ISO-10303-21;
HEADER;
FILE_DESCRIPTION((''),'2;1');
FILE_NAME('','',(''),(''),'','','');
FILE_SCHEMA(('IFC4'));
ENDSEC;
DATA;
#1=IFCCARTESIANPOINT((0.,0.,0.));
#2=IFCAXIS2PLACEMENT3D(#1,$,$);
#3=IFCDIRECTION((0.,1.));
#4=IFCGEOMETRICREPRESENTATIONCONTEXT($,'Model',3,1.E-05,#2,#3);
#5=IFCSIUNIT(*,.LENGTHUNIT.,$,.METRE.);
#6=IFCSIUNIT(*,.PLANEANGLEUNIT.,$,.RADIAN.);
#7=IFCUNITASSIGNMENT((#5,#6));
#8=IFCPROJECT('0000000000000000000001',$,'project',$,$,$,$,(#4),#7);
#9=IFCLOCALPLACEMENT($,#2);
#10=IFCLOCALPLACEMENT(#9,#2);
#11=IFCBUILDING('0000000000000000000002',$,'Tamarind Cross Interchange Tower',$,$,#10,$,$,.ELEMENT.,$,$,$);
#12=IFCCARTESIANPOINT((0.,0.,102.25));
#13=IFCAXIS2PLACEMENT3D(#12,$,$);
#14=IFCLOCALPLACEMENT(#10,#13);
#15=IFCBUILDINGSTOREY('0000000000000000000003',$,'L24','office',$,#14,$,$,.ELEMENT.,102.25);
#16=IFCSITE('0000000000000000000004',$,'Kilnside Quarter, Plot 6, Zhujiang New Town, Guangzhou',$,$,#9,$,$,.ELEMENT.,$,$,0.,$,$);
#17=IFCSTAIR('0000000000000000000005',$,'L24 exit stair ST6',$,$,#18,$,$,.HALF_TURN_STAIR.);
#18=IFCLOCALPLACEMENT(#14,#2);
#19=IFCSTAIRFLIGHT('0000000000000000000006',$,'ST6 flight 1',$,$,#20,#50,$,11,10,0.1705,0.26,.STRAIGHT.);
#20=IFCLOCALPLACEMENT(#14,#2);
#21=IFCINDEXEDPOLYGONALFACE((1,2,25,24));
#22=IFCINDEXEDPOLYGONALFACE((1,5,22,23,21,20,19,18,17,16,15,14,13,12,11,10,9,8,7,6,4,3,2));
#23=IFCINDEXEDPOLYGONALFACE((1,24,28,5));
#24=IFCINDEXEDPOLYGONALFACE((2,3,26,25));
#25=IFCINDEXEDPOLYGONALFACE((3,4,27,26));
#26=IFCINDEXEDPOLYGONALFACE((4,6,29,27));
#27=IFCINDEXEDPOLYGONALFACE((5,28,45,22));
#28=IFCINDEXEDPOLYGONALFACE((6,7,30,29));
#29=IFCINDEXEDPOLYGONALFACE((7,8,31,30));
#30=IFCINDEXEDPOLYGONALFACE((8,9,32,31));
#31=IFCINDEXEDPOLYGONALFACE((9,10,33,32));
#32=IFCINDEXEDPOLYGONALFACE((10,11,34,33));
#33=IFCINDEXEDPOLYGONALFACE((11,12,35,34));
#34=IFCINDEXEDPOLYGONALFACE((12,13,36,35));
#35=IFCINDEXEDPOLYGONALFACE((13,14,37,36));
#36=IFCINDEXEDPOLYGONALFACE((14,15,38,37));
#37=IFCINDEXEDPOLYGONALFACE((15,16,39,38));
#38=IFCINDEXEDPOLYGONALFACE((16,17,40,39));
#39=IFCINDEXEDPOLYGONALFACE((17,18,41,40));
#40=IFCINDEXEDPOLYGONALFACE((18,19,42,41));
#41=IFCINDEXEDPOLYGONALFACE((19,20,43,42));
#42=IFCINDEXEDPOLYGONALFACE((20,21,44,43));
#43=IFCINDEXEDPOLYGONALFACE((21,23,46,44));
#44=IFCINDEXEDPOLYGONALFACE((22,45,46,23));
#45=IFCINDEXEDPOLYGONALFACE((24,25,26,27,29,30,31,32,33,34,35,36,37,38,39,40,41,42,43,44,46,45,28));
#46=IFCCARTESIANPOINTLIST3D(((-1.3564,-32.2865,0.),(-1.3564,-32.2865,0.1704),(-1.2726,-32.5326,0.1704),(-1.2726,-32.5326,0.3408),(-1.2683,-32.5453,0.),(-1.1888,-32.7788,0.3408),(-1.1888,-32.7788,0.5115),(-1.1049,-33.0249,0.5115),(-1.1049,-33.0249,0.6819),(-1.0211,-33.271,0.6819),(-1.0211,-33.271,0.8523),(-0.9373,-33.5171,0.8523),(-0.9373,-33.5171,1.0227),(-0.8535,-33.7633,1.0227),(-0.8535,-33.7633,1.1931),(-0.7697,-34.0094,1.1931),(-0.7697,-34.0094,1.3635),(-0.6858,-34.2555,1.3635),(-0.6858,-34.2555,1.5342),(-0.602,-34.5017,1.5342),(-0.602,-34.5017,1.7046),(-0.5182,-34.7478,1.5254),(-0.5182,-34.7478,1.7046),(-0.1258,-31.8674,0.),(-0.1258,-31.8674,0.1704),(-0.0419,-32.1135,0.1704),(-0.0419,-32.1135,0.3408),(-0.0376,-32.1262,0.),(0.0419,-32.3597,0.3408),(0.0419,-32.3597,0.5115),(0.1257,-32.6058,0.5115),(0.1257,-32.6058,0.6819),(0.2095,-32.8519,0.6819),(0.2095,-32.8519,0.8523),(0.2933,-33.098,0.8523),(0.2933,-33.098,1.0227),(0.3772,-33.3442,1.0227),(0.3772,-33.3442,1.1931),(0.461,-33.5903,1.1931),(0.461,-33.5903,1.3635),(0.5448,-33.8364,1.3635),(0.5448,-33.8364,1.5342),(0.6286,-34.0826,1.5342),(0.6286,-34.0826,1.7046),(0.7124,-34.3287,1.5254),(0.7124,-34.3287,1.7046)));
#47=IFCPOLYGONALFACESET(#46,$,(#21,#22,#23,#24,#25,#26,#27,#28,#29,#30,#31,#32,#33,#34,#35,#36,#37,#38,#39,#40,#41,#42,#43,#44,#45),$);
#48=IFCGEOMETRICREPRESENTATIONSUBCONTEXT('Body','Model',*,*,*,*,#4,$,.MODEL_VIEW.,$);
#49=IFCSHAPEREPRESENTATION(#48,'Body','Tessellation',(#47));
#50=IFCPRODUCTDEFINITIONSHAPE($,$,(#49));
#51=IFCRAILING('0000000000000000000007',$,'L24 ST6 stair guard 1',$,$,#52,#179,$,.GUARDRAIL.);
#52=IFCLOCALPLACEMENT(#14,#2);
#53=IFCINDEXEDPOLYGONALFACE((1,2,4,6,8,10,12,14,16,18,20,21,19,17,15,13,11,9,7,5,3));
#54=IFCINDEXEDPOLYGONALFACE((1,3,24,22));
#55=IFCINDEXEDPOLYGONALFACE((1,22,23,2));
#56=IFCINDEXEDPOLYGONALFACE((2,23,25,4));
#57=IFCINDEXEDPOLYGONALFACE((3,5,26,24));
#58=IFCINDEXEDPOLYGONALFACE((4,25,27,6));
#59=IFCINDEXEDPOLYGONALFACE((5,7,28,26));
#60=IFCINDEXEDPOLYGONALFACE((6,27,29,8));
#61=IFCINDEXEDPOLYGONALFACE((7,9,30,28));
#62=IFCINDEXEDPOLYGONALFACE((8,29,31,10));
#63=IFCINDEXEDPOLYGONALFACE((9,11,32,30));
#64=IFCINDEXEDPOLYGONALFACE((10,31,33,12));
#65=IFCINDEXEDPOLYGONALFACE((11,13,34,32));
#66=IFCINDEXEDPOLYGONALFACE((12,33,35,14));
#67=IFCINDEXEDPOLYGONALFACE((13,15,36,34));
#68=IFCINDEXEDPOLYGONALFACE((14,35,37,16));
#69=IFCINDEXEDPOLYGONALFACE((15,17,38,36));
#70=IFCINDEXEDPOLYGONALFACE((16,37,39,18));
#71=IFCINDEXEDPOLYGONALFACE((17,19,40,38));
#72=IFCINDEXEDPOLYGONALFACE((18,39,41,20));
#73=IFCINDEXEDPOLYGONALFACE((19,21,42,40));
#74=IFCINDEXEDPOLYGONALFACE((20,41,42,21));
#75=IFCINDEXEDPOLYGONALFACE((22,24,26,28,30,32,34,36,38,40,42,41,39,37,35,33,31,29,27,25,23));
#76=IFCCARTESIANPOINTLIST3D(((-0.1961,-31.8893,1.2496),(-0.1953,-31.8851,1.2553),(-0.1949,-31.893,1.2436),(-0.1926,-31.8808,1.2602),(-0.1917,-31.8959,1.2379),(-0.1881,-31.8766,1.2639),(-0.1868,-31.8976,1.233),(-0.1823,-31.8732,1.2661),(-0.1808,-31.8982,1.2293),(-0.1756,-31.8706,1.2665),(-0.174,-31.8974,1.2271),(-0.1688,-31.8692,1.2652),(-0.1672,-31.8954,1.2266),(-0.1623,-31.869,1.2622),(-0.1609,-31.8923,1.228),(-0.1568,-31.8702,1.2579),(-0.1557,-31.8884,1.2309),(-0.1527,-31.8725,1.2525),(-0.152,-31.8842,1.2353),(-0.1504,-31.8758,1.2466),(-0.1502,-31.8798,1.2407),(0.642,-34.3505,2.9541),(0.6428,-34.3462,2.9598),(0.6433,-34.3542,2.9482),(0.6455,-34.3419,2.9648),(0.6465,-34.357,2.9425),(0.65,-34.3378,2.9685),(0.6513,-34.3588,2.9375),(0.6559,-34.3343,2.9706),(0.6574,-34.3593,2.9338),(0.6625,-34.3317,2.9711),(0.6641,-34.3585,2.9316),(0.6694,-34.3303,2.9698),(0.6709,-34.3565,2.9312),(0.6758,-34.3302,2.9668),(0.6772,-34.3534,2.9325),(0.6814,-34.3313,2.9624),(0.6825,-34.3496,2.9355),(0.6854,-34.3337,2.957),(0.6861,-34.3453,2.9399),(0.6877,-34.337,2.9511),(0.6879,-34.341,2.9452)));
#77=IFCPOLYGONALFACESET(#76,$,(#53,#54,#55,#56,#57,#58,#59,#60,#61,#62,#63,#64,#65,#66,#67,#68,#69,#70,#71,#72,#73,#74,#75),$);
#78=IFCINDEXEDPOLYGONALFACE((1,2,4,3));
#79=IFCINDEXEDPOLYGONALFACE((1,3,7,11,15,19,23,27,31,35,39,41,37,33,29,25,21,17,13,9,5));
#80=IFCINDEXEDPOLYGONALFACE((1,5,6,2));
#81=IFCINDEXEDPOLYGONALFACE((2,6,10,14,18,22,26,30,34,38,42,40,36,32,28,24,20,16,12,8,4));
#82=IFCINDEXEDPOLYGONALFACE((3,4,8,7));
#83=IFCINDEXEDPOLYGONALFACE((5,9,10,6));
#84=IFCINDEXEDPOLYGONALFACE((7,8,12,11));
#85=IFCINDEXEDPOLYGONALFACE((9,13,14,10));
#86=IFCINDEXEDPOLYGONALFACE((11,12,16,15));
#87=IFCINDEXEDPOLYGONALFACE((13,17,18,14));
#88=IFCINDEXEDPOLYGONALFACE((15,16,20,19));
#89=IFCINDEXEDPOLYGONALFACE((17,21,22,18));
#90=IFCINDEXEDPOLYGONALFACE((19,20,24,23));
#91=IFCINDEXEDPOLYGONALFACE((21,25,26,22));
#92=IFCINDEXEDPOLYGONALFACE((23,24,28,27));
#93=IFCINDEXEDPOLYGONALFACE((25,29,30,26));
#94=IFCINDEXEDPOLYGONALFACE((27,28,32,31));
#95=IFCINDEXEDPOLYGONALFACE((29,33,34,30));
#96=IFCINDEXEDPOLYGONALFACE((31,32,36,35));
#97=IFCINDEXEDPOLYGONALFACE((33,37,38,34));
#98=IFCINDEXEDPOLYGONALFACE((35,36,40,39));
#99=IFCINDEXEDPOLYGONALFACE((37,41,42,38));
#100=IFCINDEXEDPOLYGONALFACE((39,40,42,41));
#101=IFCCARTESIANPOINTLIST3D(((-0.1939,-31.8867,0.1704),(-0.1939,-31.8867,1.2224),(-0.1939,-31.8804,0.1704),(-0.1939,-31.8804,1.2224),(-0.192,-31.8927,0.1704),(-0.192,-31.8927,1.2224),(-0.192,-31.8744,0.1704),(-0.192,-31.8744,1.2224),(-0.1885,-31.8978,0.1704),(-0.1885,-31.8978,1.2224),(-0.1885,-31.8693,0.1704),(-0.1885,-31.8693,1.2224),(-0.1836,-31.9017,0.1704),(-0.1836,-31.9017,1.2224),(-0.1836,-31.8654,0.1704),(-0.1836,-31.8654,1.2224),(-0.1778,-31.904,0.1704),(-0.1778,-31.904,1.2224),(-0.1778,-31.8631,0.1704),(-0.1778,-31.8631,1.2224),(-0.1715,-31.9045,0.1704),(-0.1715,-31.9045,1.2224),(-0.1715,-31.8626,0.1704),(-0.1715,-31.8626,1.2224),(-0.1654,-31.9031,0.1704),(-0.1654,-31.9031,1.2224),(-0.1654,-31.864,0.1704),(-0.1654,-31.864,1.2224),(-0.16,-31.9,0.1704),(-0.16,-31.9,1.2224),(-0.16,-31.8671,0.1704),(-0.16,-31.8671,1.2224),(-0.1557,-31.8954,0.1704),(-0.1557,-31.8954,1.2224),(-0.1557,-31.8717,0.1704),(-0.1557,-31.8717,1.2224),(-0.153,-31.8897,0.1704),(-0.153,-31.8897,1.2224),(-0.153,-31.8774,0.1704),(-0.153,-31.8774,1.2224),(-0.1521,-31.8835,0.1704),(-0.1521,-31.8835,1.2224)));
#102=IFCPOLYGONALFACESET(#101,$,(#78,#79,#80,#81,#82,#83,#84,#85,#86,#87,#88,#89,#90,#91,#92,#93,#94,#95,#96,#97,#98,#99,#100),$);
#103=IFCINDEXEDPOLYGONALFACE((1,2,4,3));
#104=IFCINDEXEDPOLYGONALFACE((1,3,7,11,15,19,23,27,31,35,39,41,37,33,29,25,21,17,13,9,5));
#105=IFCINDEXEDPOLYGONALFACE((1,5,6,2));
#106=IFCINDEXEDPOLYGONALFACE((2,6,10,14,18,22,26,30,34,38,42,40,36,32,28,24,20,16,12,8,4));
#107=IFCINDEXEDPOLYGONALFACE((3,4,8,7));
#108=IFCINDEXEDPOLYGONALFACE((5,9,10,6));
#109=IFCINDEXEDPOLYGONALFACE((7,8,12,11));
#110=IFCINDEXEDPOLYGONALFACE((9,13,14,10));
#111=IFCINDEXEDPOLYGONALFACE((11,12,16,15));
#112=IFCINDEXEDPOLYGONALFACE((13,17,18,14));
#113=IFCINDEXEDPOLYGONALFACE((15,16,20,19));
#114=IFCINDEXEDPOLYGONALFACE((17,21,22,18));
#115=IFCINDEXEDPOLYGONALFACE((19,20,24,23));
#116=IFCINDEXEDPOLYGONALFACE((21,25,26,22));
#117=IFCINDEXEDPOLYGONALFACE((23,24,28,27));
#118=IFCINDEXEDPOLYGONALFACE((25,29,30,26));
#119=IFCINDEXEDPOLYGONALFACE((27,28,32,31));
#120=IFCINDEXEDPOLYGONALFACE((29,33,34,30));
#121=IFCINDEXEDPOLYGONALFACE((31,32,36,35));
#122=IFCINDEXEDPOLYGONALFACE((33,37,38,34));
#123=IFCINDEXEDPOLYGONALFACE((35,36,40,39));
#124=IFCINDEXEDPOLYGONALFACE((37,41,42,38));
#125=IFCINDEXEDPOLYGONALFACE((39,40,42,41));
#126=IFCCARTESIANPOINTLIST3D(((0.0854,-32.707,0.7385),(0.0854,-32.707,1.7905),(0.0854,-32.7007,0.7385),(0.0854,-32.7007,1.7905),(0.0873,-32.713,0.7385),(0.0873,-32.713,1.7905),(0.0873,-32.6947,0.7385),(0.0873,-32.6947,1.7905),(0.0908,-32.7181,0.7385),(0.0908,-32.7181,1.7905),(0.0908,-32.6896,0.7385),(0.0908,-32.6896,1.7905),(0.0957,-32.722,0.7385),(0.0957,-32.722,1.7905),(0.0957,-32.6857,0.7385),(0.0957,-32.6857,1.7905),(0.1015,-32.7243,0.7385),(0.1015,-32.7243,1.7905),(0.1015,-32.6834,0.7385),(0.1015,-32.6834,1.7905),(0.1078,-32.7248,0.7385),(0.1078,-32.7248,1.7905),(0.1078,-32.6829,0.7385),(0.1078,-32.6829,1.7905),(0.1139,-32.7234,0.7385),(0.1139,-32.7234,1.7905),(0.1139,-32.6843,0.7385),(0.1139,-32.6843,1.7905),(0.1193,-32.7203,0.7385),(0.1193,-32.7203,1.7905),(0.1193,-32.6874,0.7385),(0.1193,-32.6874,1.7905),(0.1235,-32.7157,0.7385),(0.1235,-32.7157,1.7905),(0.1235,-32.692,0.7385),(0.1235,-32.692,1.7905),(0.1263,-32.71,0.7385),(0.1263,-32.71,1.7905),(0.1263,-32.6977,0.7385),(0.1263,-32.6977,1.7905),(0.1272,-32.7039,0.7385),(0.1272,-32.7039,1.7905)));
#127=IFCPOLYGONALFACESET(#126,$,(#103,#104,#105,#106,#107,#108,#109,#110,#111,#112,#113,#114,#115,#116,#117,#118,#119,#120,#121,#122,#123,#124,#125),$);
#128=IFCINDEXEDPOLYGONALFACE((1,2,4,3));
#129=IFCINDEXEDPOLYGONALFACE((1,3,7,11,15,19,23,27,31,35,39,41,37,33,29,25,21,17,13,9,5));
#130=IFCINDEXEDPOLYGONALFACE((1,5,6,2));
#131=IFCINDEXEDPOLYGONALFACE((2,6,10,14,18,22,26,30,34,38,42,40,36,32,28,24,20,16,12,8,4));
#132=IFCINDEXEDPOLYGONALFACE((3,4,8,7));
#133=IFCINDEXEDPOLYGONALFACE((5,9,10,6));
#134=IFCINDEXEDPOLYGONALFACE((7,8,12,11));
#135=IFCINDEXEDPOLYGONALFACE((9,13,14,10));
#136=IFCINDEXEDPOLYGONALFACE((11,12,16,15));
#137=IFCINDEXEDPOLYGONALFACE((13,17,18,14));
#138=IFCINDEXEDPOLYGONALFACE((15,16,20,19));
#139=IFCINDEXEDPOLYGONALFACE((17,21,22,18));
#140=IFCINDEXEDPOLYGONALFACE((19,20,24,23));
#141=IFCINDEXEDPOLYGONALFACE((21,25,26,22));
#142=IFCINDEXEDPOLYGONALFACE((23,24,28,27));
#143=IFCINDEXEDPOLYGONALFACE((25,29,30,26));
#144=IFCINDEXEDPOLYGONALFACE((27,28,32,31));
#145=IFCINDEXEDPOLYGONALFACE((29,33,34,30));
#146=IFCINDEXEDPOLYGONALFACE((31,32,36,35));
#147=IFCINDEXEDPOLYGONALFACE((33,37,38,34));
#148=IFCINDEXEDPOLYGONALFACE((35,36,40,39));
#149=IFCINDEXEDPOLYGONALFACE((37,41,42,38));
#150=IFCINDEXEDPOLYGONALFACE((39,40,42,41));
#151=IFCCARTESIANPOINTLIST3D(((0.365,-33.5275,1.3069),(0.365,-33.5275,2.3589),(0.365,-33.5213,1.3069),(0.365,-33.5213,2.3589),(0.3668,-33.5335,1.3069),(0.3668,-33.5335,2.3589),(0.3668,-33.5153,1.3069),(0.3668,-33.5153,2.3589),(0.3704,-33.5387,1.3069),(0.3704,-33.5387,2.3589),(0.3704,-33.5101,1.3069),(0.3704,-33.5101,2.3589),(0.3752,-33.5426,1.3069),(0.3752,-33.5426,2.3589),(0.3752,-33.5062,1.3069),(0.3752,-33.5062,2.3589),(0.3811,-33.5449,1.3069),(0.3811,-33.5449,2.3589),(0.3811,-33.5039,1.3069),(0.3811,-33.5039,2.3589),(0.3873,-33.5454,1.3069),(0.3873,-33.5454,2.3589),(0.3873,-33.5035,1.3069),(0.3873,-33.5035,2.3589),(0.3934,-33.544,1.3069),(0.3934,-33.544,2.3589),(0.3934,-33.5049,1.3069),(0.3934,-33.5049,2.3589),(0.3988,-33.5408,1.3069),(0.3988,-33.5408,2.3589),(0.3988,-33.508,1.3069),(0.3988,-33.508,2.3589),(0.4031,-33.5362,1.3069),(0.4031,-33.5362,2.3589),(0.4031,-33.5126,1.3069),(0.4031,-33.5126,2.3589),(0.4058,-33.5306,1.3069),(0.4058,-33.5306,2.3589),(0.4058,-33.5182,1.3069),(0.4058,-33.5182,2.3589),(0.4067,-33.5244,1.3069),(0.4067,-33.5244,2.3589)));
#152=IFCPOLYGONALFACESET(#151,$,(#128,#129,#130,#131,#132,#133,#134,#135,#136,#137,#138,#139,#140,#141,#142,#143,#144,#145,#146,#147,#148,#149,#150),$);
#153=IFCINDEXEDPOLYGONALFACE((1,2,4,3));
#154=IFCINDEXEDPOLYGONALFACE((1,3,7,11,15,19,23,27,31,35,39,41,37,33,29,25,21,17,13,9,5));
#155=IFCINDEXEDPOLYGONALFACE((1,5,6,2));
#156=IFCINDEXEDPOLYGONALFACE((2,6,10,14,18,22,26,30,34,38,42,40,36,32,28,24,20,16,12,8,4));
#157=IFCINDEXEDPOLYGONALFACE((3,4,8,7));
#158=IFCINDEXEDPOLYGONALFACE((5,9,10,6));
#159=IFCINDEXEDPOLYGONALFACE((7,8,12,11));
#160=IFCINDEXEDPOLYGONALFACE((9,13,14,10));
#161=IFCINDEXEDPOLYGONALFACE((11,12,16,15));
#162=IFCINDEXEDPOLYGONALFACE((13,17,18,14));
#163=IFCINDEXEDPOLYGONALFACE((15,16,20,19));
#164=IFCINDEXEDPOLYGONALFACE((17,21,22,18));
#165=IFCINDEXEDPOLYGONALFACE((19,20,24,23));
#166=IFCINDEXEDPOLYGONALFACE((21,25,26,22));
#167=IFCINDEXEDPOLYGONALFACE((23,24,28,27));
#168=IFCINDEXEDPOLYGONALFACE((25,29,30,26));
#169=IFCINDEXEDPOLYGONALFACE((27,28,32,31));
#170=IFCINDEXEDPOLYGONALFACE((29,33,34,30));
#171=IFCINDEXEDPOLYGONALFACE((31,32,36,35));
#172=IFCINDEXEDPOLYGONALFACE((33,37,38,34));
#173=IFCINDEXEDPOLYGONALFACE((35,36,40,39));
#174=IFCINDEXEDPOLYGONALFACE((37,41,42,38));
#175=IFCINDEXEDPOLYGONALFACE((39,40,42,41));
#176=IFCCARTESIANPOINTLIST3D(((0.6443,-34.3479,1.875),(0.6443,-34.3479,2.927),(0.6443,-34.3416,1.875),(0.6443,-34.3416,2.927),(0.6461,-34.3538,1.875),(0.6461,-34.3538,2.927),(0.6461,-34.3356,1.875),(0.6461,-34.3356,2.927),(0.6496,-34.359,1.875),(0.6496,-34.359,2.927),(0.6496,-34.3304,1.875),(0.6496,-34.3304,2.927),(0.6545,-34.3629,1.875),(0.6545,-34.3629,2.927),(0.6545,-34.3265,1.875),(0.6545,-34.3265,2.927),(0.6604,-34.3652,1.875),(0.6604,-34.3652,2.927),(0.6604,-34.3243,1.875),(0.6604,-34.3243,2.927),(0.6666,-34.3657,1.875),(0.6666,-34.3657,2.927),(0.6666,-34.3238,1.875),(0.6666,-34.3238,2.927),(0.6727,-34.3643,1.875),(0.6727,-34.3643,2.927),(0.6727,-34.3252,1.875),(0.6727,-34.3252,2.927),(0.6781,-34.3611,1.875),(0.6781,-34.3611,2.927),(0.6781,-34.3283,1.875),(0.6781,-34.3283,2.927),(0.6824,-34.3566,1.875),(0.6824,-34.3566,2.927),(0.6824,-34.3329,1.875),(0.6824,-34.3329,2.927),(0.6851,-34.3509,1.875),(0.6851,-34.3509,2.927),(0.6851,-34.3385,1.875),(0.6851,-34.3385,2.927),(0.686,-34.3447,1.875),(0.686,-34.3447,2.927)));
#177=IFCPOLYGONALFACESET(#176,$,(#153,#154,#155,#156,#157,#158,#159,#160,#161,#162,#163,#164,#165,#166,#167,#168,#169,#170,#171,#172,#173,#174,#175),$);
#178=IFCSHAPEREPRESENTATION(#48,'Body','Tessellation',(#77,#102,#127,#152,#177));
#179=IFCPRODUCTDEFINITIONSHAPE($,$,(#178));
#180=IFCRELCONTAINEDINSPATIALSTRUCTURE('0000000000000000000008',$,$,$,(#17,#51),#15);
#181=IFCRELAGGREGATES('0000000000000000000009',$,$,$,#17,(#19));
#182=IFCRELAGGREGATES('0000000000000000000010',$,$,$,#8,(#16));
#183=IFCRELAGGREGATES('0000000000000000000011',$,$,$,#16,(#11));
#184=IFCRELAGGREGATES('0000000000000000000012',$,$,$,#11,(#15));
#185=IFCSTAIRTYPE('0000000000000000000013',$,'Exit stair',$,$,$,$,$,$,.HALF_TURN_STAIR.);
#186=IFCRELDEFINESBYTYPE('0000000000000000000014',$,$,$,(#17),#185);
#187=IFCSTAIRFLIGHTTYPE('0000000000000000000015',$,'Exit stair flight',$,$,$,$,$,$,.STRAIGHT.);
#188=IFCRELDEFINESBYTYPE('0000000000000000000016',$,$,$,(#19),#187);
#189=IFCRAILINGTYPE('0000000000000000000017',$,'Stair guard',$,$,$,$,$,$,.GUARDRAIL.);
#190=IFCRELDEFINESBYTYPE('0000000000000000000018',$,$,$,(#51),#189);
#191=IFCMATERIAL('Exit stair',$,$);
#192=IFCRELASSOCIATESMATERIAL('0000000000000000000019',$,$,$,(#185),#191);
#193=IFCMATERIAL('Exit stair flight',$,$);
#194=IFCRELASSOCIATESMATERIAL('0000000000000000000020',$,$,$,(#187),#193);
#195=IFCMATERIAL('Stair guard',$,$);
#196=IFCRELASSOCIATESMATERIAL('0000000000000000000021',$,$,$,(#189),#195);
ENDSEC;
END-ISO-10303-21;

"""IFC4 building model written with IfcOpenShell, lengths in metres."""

from ifc_helpers import new_model, si_unit, direction, frame, origin, origin_2d, place, context, subcontext, project, spatial, polyline, circle, outline, extrude, material, type_object, element, aggregate, save


model = new_model("IFC4")

# Units and contexts
model_context = context("Model", 3, precision=1e-05, world=origin(), true_north=direction((0.0, 1.0)))
body_context = subcontext(model_context, "Body", "Model", "MODEL_VIEW")
ifc_project = project(units=[si_unit("LENGTHUNIT", "METRE"), si_unit("PLANEANGLEUNIT", "RADIAN")], contexts=[model_context])

# Site, building, storey
site_placement = place(None, origin())
site = spatial("IfcSite", under=ifc_project, at=site_placement, Name="Kilnside Quarter, Plot 6, Zhujiang New Town, Guangzhou", CompositionType="ELEMENT", RefElevation=0.0)
building_placement = place(site_placement, origin())
building = spatial("IfcBuilding", under=site, at=building_placement, Name="Tamarind Cross Interchange Tower", CompositionType="ELEMENT")
storey_placement = place(building_placement, frame((0.0, 0.0, 102.25)))
storey = spatial("IfcBuildingStorey", under=building, at=storey_placement, Name="L24", Description="office", CompositionType="ELEMENT", Elevation=102.25)

# Stair, stair flight
ifc_material_1 = material(Name="Exit stair")
stair_type = type_object("IfcStairType", Name="Exit stair", PredefinedType="HALF_TURN_STAIR", material=ifc_material_1)
stair_placement = place(storey_placement, origin())
stair = element("IfcStair", 1, at=stair_placement, inside=storey, type_object=stair_type, Name="L24 exit stair ST6", PredefinedType="HALF_TURN_STAIR")
ifc_material_2 = material(Name="Exit stair flight")
stair_flight_type = type_object("IfcStairFlightType", Name="Exit stair flight", PredefinedType="STRAIGHT", material=ifc_material_2)
stair_flight_placement = place(storey_placement, frame((-0.741, -32.0769, 0.0), z_axis=(0.0, 0.0, 1.0), x_axis=(0.322371, -0.946613, 0.0)))
stair_flight = element("IfcStairFlight", 2, at=stair_flight_placement, type_object=stair_flight_type, Name="ST6 flight 1", NumberOfRisers=11, NumberOfTreads=10, PredefinedType="STRAIGHT", RiserHeight=0.1705, TreadLength=0.26, context=body_context, shape_type="SweptSolid", body=[
    extrude(outline(polyline([(0.0, 0.0), (0.0, 0.1704), (0.26, 0.1704), (0.26, 0.3408), (0.52, 0.3408), (0.52, 0.5115), (0.78, 0.5115), (0.78, 0.6819), (1.04, 0.6819), (1.04, 0.8523), (1.3, 0.8523), (1.3, 1.0227), (1.5601, 1.0227), (1.5601, 1.1931), (1.8201, 1.1931), (1.8201, 1.3635), (2.0801, 1.3635), (2.0801, 1.5342), (2.3401, 1.5342), (2.3401, 1.7046), (2.6001, 1.7046), (2.6001, 1.875), (2.6001, 1.5254), (0.2734, 0.0), (0.0, 0.0)])), frame((0.0, 0.6499, 0.0), z_axis=(0.0, -1.0, 0.0), x_axis=(1.0, 0.0, 0.0)), (0.0, 0.0, 1.0), 1.3),
])
aggregate(stair, [stair_flight])

# Railing
ifc_material_3 = material(Name="Stair guard")
railing_type_1 = type_object("IfcRailingType", Name="Stair guard", PredefinedType="GUARDRAIL", material=ifc_material_3)
railing_1_placement = place(storey_placement, frame((-0.1731, -31.8835, 0.1704)))
element("IfcRailing", 3, at=railing_1_placement, inside=storey, type_object=railing_type_1, Name="L24 ST6 stair guard 1", PredefinedType="GUARDRAIL", context=body_context, shape_type="SweptSolid", body=[
    extrude(circle(Radius=0.0239, at=origin_2d()), frame((0.0, 0.0, 1.0762), z_axis=(0.269589, -0.791646, 0.548286), x_axis=(0.946616, 0.322362, 0.0)), (0.0, 0.0, 1.0), 3.1089),
    extrude(circle(Radius=0.021, at=origin_2d()), origin(), (0.0, 0.0, 1.0), 1.052),
    extrude(circle(Radius=0.021, at=origin_2d()), frame((0.2793, -0.8203, 0.5681)), (0.0, 0.0, 1.0), 1.052),
    extrude(circle(Radius=0.021, at=origin_2d()), frame((0.5588, -1.6409, 1.1365)), (0.0, 0.0, 1.0), 1.052),
    extrude(circle(Radius=0.021, at=origin_2d()), frame((0.8381, -2.4612, 1.7046)), (0.0, 0.0, 1.0), 1.052),
])

save(model, "model.ifc")
